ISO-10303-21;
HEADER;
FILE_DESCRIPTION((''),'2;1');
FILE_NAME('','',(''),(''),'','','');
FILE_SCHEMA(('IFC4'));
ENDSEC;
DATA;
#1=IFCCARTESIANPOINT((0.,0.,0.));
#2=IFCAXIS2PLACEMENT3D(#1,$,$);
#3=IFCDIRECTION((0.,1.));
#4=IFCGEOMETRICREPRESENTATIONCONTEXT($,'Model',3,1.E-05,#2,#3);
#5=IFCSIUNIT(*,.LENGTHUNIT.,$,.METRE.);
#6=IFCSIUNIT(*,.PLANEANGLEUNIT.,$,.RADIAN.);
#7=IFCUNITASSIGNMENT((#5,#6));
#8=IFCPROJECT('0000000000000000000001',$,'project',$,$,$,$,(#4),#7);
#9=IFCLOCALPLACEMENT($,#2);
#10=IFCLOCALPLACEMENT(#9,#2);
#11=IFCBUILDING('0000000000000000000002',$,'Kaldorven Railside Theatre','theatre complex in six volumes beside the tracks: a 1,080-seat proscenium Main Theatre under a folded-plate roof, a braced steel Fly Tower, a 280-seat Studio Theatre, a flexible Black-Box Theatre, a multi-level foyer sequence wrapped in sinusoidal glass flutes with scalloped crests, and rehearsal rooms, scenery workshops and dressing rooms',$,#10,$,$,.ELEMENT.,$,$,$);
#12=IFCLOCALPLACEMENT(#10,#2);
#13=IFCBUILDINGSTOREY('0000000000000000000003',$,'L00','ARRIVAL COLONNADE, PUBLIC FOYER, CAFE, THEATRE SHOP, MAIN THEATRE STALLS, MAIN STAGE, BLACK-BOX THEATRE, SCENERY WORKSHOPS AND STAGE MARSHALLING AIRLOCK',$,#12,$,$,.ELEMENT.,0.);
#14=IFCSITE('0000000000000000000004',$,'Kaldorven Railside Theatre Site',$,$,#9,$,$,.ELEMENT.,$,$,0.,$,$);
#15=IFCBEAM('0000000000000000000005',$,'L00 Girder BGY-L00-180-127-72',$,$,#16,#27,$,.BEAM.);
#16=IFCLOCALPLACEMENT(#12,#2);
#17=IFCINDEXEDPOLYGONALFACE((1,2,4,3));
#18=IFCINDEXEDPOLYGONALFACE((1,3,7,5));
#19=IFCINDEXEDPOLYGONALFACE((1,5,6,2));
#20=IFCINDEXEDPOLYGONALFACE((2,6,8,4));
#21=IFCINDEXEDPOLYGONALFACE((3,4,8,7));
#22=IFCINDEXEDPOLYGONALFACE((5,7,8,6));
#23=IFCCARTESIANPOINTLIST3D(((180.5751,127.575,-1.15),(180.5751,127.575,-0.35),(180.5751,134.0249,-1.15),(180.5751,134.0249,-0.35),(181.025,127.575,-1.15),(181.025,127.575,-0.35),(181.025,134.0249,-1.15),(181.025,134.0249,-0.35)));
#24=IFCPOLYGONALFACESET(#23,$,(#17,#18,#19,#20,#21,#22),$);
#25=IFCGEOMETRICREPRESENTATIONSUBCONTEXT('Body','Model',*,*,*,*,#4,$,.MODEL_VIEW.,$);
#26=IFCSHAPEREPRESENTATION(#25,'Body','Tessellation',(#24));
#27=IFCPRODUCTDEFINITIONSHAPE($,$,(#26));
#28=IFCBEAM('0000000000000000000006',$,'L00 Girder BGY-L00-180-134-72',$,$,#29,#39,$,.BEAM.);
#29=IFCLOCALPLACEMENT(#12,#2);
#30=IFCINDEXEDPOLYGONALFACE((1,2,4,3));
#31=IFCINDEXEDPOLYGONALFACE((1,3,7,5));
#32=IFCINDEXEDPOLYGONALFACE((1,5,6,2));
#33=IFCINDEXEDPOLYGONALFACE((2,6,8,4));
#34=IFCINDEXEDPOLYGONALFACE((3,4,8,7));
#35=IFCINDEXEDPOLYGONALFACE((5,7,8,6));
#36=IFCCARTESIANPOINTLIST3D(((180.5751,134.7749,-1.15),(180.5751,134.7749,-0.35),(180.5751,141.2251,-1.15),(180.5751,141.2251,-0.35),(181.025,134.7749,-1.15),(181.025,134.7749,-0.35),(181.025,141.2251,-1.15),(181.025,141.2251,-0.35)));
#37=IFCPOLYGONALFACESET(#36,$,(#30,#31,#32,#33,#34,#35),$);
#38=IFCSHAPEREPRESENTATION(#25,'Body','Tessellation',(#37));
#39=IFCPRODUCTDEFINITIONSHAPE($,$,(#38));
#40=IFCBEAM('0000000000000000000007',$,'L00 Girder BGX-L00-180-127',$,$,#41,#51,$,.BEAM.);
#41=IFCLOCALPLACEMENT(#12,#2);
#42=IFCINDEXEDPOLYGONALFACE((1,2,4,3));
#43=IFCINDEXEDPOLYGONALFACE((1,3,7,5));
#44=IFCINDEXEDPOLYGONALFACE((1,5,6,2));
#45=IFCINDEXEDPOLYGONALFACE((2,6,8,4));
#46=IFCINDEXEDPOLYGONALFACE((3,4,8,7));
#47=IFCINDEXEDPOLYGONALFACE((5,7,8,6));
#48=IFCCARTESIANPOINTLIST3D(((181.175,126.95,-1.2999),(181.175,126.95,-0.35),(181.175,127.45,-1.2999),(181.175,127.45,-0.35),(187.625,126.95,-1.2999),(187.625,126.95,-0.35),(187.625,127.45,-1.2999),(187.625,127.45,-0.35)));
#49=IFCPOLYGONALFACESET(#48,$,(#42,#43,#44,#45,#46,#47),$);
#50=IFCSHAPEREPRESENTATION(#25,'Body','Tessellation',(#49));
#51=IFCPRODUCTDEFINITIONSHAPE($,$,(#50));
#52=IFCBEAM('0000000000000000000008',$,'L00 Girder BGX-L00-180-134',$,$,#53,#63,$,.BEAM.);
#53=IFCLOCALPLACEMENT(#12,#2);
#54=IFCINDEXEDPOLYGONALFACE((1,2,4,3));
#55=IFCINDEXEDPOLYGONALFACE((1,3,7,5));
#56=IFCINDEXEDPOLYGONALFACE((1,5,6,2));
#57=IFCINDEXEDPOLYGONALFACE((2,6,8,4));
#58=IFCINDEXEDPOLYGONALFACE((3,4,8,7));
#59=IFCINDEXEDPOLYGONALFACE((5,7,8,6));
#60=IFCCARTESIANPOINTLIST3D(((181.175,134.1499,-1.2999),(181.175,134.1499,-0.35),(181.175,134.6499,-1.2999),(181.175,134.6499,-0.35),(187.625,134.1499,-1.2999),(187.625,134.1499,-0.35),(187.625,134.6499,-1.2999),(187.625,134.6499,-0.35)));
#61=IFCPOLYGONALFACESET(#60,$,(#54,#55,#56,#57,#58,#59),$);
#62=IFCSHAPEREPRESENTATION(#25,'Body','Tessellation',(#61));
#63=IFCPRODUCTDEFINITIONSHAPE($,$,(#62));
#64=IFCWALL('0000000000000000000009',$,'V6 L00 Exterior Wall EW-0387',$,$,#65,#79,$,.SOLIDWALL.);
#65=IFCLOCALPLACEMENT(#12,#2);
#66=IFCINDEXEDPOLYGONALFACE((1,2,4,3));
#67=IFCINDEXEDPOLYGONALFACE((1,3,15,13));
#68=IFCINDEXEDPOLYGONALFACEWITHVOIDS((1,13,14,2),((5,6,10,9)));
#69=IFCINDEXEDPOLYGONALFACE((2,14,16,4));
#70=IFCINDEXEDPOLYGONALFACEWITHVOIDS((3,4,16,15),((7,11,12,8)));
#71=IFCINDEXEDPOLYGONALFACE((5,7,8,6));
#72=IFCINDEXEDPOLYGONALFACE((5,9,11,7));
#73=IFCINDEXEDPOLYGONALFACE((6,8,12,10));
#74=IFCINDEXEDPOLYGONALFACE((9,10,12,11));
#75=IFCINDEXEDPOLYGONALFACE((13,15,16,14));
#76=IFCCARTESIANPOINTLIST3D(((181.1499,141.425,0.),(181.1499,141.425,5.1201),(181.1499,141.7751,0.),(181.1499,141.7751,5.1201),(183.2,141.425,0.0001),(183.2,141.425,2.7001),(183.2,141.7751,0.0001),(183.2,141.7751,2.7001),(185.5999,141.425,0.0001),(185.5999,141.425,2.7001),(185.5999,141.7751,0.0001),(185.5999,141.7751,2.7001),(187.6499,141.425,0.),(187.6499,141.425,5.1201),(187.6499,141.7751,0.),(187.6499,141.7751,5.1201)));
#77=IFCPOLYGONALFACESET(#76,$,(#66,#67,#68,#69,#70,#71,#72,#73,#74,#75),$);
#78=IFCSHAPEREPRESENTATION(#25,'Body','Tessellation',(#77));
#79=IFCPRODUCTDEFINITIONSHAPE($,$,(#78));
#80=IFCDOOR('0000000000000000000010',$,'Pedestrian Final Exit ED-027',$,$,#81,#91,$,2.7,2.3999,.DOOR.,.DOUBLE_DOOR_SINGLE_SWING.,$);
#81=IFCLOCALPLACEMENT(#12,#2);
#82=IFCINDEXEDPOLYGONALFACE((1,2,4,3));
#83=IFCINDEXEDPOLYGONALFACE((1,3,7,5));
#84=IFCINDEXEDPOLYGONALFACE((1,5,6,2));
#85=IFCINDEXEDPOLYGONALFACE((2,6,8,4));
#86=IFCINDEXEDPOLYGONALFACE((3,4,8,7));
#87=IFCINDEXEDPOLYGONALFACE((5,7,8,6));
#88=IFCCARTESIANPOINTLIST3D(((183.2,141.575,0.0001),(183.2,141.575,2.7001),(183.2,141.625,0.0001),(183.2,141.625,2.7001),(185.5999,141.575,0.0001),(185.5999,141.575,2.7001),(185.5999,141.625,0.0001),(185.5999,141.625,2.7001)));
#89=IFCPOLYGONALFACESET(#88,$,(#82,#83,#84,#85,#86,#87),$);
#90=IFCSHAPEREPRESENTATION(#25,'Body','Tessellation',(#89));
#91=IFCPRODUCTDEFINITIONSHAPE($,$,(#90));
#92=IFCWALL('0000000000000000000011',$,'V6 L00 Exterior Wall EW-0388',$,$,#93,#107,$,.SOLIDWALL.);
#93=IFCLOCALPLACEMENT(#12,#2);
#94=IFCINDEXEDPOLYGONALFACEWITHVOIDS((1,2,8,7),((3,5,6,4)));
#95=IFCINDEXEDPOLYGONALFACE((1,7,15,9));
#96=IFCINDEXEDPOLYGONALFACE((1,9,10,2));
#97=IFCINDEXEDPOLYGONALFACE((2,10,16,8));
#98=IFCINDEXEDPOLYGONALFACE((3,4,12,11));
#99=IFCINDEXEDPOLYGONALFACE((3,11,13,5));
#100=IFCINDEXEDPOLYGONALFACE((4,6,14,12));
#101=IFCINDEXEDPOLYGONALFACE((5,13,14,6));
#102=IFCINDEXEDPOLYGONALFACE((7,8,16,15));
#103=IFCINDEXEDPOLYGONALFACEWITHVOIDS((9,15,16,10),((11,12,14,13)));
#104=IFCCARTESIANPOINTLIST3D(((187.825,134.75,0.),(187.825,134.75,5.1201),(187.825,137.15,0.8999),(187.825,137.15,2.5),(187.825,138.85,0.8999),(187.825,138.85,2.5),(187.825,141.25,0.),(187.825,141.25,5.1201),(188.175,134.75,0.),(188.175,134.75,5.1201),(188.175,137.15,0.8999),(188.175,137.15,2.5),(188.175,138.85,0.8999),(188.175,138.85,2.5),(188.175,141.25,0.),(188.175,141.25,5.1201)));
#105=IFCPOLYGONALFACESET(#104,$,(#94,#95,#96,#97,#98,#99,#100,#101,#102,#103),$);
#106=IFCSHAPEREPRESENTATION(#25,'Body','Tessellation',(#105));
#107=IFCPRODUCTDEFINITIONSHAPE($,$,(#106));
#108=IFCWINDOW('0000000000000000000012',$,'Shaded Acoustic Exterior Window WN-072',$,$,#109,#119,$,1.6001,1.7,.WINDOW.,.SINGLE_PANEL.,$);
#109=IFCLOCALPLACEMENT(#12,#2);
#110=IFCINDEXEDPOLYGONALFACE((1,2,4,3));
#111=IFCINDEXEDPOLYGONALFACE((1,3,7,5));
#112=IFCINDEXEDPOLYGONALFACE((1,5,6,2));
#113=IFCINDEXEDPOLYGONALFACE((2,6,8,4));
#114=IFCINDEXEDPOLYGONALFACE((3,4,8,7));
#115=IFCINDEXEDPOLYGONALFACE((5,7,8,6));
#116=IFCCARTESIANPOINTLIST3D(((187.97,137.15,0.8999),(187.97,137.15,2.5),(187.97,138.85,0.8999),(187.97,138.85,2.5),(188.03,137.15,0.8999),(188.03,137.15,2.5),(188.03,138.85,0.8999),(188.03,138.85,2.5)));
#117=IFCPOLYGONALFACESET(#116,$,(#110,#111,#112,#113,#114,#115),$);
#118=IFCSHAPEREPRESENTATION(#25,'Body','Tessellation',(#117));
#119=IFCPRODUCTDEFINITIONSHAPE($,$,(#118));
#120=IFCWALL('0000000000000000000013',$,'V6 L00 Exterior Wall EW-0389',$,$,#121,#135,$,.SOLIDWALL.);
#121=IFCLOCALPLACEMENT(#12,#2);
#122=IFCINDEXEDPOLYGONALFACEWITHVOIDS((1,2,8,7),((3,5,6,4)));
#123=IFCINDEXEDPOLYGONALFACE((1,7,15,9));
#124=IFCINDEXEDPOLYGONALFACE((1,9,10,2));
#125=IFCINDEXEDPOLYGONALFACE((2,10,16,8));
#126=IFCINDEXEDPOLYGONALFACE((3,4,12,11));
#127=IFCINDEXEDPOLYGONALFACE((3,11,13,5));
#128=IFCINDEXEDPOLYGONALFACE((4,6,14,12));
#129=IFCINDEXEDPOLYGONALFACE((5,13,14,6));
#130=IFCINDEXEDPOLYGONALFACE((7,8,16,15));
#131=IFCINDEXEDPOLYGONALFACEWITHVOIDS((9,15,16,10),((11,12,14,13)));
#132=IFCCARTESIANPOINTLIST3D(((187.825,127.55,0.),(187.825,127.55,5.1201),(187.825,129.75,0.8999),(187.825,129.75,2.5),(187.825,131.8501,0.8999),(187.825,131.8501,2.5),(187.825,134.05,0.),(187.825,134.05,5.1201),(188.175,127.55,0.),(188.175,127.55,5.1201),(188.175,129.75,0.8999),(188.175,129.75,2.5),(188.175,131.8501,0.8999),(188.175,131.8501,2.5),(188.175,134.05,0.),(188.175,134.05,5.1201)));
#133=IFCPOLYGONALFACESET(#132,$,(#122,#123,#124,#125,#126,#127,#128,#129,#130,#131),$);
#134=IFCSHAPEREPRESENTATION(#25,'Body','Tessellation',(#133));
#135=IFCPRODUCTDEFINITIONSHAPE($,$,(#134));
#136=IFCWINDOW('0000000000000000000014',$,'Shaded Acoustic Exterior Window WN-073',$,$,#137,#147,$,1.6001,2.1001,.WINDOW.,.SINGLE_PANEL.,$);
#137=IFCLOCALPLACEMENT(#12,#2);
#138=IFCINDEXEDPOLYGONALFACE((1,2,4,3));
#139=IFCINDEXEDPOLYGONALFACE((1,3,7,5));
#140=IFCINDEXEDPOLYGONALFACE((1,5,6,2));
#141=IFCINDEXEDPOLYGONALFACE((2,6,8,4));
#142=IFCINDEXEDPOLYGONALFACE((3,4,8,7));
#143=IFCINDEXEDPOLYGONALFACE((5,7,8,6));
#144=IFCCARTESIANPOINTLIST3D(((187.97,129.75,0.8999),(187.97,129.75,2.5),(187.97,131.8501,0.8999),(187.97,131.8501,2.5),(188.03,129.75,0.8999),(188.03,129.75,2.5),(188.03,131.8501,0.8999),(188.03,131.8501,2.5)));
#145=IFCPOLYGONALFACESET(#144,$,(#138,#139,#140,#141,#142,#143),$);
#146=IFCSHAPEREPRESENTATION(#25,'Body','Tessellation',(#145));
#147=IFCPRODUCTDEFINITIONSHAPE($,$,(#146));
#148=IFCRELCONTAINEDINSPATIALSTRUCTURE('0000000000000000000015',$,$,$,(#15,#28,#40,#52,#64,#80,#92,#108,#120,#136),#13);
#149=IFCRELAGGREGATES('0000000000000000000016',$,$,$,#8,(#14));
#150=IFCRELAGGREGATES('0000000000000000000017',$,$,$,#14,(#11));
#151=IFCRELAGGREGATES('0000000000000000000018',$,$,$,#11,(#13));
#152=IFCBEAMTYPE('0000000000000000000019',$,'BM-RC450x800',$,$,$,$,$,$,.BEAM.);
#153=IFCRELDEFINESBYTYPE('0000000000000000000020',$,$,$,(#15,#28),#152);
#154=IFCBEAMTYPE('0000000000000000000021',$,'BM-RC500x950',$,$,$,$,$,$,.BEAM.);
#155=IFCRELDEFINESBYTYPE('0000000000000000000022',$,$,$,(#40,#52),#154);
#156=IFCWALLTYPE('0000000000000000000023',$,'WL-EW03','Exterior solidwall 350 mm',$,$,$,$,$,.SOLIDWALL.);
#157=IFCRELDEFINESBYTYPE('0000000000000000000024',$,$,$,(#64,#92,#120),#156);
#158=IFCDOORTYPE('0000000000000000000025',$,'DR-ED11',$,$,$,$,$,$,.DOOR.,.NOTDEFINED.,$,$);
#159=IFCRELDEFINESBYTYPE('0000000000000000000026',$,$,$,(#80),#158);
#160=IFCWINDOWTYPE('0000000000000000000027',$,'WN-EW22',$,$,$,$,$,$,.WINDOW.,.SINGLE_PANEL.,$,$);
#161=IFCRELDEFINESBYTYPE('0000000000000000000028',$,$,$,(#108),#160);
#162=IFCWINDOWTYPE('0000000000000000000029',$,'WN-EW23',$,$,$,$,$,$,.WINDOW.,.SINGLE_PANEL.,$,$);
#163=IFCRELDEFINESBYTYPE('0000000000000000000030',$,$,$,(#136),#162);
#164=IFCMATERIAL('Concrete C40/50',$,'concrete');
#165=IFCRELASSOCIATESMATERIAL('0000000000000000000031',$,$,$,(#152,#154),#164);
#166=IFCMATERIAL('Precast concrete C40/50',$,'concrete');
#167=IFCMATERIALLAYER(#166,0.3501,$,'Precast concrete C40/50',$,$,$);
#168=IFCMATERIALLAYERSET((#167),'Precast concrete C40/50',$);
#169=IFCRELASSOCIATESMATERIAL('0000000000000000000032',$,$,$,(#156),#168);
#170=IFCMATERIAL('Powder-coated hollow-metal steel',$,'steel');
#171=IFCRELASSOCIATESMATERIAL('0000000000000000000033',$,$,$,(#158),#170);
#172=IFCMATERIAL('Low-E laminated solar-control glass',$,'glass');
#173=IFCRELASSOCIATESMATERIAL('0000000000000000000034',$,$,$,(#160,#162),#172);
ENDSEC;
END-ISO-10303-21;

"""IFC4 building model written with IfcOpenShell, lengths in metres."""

from ifc_helpers import new_model, si_unit, direction, frame, frame_2d, origin, origin_2d, place, context, subcontext, project, spatial, rectangle, extrude, material, layer, layer_set, material_profile, profile_set, type_object, element, fill, save


model = new_model("IFC4")

# Units and contexts
model_context = context("Model", 3, precision=1e-05, world=origin(), true_north=direction((0.0, 1.0)))
body_context = subcontext(model_context, "Body", "Model", "MODEL_VIEW")
ifc_project = project(units=[si_unit("LENGTHUNIT", "METRE"), si_unit("PLANEANGLEUNIT", "RADIAN")], contexts=[model_context])

# Site, building, storey
site_placement = place(None, origin())
site = spatial("IfcSite", under=ifc_project, at=site_placement, Name="Kaldorven Railside Theatre Site", CompositionType="ELEMENT", RefElevation=0.0)
building_placement = place(site_placement, origin())
building = spatial("IfcBuilding", under=site, at=building_placement, Name="Kaldorven Railside Theatre", Description="theatre complex in six volumes beside the tracks: a 1,080-seat proscenium Main Theatre under a folded-plate roof, a braced steel Fly Tower, a 280-seat Studio Theatre, a flexible Black-Box Theatre, a multi-level foyer sequence wrapped in sinusoidal glass flutes with scalloped crests, and rehearsal rooms, scenery workshops and dressing rooms", CompositionType="ELEMENT")
storey_placement = place(building_placement, origin())
storey = spatial("IfcBuildingStorey", under=building, at=storey_placement, Name="L00", Description="ARRIVAL COLONNADE, PUBLIC FOYER, CAFE, THEATRE SHOP, MAIN THEATRE STALLS, MAIN STAGE, BLACK-BOX THEATRE, SCENERY WORKSHOPS AND STAGE MARSHALLING AIRLOCK", CompositionType="ELEMENT", Elevation=0.0)

# Shared definitions
ifc_material_1 = material(Name="Concrete C40/50", Category="concrete")

# Beams
ifc_material_profile_1 = material_profile(ifc_material_1, rectangle(XDim=0.45, YDim=0.8, at=origin_2d()), Name="RC 450x800")
ifc_profile_set_1 = profile_set([ifc_material_profile_1], Name="Concrete C40/50")
beam_type_1 = type_object("IfcBeamType", Name="BM-RC450x800", PredefinedType="BEAM", material=ifc_profile_set_1)
beam_1_placement = place(storey_placement, frame((180.8, 127.575, -0.75), z_axis=(0.0, 1.0, 0.0), x_axis=(-1.0, 0.0, 0.0)))
element("IfcBeam", 1, at=beam_1_placement, inside=storey, type_object=beam_type_1, Name="L00 Girder BGY-L00-180-127-72", PredefinedType="BEAM", context=body_context, shape_type="SweptSolid", body=[
    extrude(rectangle(XDim=0.45, YDim=0.8, at=origin_2d()), origin(), (0.0, 0.0, 1.0), 6.45),
])
beam_2_placement = place(storey_placement, frame((180.8, 134.7749, -0.75), z_axis=(0.0, 1.0, 0.0), x_axis=(-1.0, 0.0, 0.0)))
element("IfcBeam", 2, at=beam_2_placement, inside=storey, type_object=beam_type_1, Name="L00 Girder BGY-L00-180-134-72", PredefinedType="BEAM", context=body_context, shape_type="SweptSolid", body=[
    extrude(rectangle(XDim=0.45, YDim=0.8, at=origin_2d()), origin(), (0.0, 0.0, 1.0), 6.4502),
])
ifc_material_profile_2 = material_profile(ifc_material_1, rectangle(XDim=0.5, YDim=0.95, at=origin_2d()), Name="RC 500x950")
ifc_profile_set_2 = profile_set([ifc_material_profile_2], Name="Concrete C40/50")
beam_type_2 = type_object("IfcBeamType", Name="BM-RC500x950", PredefinedType="BEAM", material=ifc_profile_set_2)
for number, where, z_axis, x_axis, name in (
    (3, (181.175, 127.2, -0.825), (1.0, 0.0, 0.0), (0.0, 1.0, 0.0), "L00 Girder BGX-L00-180-127"),
    (4, (181.175, 134.3999, -0.825), (1.0, 0.0, 0.0), (0.0, 1.0, 0.0), "L00 Girder BGX-L00-180-134"),
):
    element("IfcBeam", number, at=place(storey_placement, frame(where, z_axis=z_axis, x_axis=x_axis)), inside=storey, type_object=beam_type_2, Name=name, PredefinedType="BEAM", context=body_context, shape_type="SweptSolid", body=[
        extrude(rectangle(XDim=0.5, YDim=0.95, at=origin_2d()), origin(), (0.0, 0.0, 1.0), 6.45),
    ])

# Wall, opening, door
ifc_material_2 = material(Name="Precast concrete C40/50", Category="concrete")
ifc_layer = layer(ifc_material_2, 0.3501, Name="Precast concrete C40/50")
ifc_layer_set = layer_set([ifc_layer], Name="Precast concrete C40/50")
wall_type = type_object("IfcWallType", Name="WL-EW03", Description="Exterior solidwall 350 mm", PredefinedType="SOLIDWALL", material=ifc_layer_set)
wall_1_placement = place(storey_placement, frame((181.1499, 141.6001, 0.0), z_axis=(0.0, 0.0, 1.0), x_axis=(1.0, 0.0, 0.0)))
wall_1 = element("IfcWall", 5, at=wall_1_placement, inside=storey, type_object=wall_type, Name="V6 L00 Exterior Wall EW-0387", PredefinedType="SOLIDWALL", context=body_context, shape_type="SweptSolid", body=[
    extrude(rectangle(XDim=6.5, YDim=0.3501, at=frame_2d((3.25, 0.0))), origin(), (0.0, 0.0, 1.0), 5.1201),
])
opening_1_placement = place(wall_1_placement, frame((2.05, 0.0, 0.0)))
opening_1 = element("IfcOpeningElement", 6, at=opening_1_placement, cuts=wall_1, PredefinedType="OPENING", context=body_context, shape_type="SweptSolid", body=[
    extrude(rectangle(XDim=2.3999, YDim=2.7, at=frame_2d((1.2, 1.3501))), frame((0.0, 0.1851, 0.0), z_axis=(0.0, -1.0, 0.0), x_axis=(1.0, 0.0, 0.0)), (0.0, 0.0, 1.0), 0.3701),
])
ifc_material_3 = material(Name="Powder-coated hollow-metal steel", Category="steel")
door_type = type_object("IfcDoorType", Name="DR-ED11", OperationType="NOTDEFINED", PredefinedType="DOOR", material=ifc_material_3)
door_placement = place(opening_1_placement, origin())
door = element("IfcDoor", 7, at=door_placement, inside=storey, type_object=door_type, Name="Pedestrian Final Exit ED-027", OperationType="DOUBLE_DOOR_SINGLE_SWING", OverallHeight=2.7, OverallWidth=2.3999, PredefinedType="DOOR", context=body_context, shape_type="SweptSolid", body=[
    extrude(rectangle(XDim=2.3999, YDim=2.7, at=frame_2d((1.2, 1.3501))), frame((0.0, 0.0249, 0.0), z_axis=(0.0, -1.0, 0.0), x_axis=(1.0, 0.0, 0.0)), (0.0, 0.0, 1.0), 0.05),
])
fill(opening_1, door)

# Walls, openings, windows
wall_2_placement = place(storey_placement, frame((188.0, 141.25, 0.0), z_axis=(0.0, 0.0, 1.0), x_axis=(0.0, -1.0, 0.0)))
wall_2 = element("IfcWall", 8, at=wall_2_placement, inside=storey, type_object=wall_type, Name="V6 L00 Exterior Wall EW-0388", PredefinedType="SOLIDWALL", context=body_context, shape_type="SweptSolid", body=[
    extrude(rectangle(XDim=6.5, YDim=0.3501, at=frame_2d((3.25, 0.0))), origin(), (0.0, 0.0, 1.0), 5.1201),
])
opening_2_placement = place(wall_2_placement, frame((2.3999, 0.0, 0.8999)))
opening_2 = element("IfcOpeningElement", 9, at=opening_2_placement, cuts=wall_2, PredefinedType="OPENING", context=body_context, shape_type="SweptSolid", body=[
    extrude(rectangle(XDim=1.7, YDim=1.6001, at=frame_2d((0.8501, 0.8))), frame((0.0, 0.1851, 0.0), z_axis=(0.0, -1.0, 0.0), x_axis=(1.0, 0.0, 0.0)), (0.0, 0.0, 1.0), 0.3701),
])
ifc_material_4 = material(Name="Low-E laminated solar-control glass", Category="glass")
window_type_1 = type_object("IfcWindowType", Name="WN-EW22", PartitioningType="SINGLE_PANEL", PredefinedType="WINDOW", material=ifc_material_4)
window_1_placement = place(opening_2_placement, origin())
window_1 = element("IfcWindow", 10, at=window_1_placement, inside=storey, type_object=window_type_1, Name="Shaded Acoustic Exterior Window WN-072", OverallHeight=1.6001, OverallWidth=1.7, PartitioningType="SINGLE_PANEL", PredefinedType="WINDOW", context=body_context, shape_type="SweptSolid", body=[
    extrude(rectangle(XDim=1.7, YDim=1.6001, at=frame_2d((0.8501, 0.8))), frame((0.0, 0.03, 0.0), z_axis=(0.0, -1.0, 0.0), x_axis=(1.0, 0.0, 0.0)), (0.0, 0.0, 1.0), 0.0601),
])
fill(opening_2, window_1)
wall_3_placement = place(storey_placement, frame((188.0, 134.05, 0.0), z_axis=(0.0, 0.0, 1.0), x_axis=(0.0, -1.0, 0.0)))
wall_3 = element("IfcWall", 11, at=wall_3_placement, inside=storey, type_object=wall_type, Name="V6 L00 Exterior Wall EW-0389", PredefinedType="SOLIDWALL", context=body_context, shape_type="SweptSolid", body=[
    extrude(rectangle(XDim=6.5, YDim=0.3501, at=frame_2d((3.25, 0.0))), origin(), (0.0, 0.0, 1.0), 5.1201),
])
opening_3_placement = place(wall_3_placement, frame((2.2, 0.0, 0.8999)))
opening_3 = element("IfcOpeningElement", 12, at=opening_3_placement, cuts=wall_3, PredefinedType="OPENING", context=body_context, shape_type="SweptSolid", body=[
    extrude(rectangle(XDim=2.1001, YDim=1.6001, at=frame_2d((1.05, 0.8))), frame((0.0, 0.1851, 0.0), z_axis=(0.0, -1.0, 0.0), x_axis=(1.0, 0.0, 0.0)), (0.0, 0.0, 1.0), 0.3701),
])
window_type_2 = type_object("IfcWindowType", Name="WN-EW23", PartitioningType="SINGLE_PANEL", PredefinedType="WINDOW", material=ifc_material_4)
window_2_placement = place(opening_3_placement, origin())
window_2 = element("IfcWindow", 13, at=window_2_placement, inside=storey, type_object=window_type_2, Name="Shaded Acoustic Exterior Window WN-073", OverallHeight=1.6001, OverallWidth=2.1001, PartitioningType="SINGLE_PANEL", PredefinedType="WINDOW", context=body_context, shape_type="SweptSolid", body=[
    extrude(rectangle(XDim=2.1001, YDim=1.6001, at=frame_2d((1.05, 0.8))), frame((0.0, 0.03, 0.0), z_axis=(0.0, -1.0, 0.0), x_axis=(1.0, 0.0, 0.0)), (0.0, 0.0, 1.0), 0.0601),
])
fill(opening_3, window_2)

save(model, "model.ifc")
